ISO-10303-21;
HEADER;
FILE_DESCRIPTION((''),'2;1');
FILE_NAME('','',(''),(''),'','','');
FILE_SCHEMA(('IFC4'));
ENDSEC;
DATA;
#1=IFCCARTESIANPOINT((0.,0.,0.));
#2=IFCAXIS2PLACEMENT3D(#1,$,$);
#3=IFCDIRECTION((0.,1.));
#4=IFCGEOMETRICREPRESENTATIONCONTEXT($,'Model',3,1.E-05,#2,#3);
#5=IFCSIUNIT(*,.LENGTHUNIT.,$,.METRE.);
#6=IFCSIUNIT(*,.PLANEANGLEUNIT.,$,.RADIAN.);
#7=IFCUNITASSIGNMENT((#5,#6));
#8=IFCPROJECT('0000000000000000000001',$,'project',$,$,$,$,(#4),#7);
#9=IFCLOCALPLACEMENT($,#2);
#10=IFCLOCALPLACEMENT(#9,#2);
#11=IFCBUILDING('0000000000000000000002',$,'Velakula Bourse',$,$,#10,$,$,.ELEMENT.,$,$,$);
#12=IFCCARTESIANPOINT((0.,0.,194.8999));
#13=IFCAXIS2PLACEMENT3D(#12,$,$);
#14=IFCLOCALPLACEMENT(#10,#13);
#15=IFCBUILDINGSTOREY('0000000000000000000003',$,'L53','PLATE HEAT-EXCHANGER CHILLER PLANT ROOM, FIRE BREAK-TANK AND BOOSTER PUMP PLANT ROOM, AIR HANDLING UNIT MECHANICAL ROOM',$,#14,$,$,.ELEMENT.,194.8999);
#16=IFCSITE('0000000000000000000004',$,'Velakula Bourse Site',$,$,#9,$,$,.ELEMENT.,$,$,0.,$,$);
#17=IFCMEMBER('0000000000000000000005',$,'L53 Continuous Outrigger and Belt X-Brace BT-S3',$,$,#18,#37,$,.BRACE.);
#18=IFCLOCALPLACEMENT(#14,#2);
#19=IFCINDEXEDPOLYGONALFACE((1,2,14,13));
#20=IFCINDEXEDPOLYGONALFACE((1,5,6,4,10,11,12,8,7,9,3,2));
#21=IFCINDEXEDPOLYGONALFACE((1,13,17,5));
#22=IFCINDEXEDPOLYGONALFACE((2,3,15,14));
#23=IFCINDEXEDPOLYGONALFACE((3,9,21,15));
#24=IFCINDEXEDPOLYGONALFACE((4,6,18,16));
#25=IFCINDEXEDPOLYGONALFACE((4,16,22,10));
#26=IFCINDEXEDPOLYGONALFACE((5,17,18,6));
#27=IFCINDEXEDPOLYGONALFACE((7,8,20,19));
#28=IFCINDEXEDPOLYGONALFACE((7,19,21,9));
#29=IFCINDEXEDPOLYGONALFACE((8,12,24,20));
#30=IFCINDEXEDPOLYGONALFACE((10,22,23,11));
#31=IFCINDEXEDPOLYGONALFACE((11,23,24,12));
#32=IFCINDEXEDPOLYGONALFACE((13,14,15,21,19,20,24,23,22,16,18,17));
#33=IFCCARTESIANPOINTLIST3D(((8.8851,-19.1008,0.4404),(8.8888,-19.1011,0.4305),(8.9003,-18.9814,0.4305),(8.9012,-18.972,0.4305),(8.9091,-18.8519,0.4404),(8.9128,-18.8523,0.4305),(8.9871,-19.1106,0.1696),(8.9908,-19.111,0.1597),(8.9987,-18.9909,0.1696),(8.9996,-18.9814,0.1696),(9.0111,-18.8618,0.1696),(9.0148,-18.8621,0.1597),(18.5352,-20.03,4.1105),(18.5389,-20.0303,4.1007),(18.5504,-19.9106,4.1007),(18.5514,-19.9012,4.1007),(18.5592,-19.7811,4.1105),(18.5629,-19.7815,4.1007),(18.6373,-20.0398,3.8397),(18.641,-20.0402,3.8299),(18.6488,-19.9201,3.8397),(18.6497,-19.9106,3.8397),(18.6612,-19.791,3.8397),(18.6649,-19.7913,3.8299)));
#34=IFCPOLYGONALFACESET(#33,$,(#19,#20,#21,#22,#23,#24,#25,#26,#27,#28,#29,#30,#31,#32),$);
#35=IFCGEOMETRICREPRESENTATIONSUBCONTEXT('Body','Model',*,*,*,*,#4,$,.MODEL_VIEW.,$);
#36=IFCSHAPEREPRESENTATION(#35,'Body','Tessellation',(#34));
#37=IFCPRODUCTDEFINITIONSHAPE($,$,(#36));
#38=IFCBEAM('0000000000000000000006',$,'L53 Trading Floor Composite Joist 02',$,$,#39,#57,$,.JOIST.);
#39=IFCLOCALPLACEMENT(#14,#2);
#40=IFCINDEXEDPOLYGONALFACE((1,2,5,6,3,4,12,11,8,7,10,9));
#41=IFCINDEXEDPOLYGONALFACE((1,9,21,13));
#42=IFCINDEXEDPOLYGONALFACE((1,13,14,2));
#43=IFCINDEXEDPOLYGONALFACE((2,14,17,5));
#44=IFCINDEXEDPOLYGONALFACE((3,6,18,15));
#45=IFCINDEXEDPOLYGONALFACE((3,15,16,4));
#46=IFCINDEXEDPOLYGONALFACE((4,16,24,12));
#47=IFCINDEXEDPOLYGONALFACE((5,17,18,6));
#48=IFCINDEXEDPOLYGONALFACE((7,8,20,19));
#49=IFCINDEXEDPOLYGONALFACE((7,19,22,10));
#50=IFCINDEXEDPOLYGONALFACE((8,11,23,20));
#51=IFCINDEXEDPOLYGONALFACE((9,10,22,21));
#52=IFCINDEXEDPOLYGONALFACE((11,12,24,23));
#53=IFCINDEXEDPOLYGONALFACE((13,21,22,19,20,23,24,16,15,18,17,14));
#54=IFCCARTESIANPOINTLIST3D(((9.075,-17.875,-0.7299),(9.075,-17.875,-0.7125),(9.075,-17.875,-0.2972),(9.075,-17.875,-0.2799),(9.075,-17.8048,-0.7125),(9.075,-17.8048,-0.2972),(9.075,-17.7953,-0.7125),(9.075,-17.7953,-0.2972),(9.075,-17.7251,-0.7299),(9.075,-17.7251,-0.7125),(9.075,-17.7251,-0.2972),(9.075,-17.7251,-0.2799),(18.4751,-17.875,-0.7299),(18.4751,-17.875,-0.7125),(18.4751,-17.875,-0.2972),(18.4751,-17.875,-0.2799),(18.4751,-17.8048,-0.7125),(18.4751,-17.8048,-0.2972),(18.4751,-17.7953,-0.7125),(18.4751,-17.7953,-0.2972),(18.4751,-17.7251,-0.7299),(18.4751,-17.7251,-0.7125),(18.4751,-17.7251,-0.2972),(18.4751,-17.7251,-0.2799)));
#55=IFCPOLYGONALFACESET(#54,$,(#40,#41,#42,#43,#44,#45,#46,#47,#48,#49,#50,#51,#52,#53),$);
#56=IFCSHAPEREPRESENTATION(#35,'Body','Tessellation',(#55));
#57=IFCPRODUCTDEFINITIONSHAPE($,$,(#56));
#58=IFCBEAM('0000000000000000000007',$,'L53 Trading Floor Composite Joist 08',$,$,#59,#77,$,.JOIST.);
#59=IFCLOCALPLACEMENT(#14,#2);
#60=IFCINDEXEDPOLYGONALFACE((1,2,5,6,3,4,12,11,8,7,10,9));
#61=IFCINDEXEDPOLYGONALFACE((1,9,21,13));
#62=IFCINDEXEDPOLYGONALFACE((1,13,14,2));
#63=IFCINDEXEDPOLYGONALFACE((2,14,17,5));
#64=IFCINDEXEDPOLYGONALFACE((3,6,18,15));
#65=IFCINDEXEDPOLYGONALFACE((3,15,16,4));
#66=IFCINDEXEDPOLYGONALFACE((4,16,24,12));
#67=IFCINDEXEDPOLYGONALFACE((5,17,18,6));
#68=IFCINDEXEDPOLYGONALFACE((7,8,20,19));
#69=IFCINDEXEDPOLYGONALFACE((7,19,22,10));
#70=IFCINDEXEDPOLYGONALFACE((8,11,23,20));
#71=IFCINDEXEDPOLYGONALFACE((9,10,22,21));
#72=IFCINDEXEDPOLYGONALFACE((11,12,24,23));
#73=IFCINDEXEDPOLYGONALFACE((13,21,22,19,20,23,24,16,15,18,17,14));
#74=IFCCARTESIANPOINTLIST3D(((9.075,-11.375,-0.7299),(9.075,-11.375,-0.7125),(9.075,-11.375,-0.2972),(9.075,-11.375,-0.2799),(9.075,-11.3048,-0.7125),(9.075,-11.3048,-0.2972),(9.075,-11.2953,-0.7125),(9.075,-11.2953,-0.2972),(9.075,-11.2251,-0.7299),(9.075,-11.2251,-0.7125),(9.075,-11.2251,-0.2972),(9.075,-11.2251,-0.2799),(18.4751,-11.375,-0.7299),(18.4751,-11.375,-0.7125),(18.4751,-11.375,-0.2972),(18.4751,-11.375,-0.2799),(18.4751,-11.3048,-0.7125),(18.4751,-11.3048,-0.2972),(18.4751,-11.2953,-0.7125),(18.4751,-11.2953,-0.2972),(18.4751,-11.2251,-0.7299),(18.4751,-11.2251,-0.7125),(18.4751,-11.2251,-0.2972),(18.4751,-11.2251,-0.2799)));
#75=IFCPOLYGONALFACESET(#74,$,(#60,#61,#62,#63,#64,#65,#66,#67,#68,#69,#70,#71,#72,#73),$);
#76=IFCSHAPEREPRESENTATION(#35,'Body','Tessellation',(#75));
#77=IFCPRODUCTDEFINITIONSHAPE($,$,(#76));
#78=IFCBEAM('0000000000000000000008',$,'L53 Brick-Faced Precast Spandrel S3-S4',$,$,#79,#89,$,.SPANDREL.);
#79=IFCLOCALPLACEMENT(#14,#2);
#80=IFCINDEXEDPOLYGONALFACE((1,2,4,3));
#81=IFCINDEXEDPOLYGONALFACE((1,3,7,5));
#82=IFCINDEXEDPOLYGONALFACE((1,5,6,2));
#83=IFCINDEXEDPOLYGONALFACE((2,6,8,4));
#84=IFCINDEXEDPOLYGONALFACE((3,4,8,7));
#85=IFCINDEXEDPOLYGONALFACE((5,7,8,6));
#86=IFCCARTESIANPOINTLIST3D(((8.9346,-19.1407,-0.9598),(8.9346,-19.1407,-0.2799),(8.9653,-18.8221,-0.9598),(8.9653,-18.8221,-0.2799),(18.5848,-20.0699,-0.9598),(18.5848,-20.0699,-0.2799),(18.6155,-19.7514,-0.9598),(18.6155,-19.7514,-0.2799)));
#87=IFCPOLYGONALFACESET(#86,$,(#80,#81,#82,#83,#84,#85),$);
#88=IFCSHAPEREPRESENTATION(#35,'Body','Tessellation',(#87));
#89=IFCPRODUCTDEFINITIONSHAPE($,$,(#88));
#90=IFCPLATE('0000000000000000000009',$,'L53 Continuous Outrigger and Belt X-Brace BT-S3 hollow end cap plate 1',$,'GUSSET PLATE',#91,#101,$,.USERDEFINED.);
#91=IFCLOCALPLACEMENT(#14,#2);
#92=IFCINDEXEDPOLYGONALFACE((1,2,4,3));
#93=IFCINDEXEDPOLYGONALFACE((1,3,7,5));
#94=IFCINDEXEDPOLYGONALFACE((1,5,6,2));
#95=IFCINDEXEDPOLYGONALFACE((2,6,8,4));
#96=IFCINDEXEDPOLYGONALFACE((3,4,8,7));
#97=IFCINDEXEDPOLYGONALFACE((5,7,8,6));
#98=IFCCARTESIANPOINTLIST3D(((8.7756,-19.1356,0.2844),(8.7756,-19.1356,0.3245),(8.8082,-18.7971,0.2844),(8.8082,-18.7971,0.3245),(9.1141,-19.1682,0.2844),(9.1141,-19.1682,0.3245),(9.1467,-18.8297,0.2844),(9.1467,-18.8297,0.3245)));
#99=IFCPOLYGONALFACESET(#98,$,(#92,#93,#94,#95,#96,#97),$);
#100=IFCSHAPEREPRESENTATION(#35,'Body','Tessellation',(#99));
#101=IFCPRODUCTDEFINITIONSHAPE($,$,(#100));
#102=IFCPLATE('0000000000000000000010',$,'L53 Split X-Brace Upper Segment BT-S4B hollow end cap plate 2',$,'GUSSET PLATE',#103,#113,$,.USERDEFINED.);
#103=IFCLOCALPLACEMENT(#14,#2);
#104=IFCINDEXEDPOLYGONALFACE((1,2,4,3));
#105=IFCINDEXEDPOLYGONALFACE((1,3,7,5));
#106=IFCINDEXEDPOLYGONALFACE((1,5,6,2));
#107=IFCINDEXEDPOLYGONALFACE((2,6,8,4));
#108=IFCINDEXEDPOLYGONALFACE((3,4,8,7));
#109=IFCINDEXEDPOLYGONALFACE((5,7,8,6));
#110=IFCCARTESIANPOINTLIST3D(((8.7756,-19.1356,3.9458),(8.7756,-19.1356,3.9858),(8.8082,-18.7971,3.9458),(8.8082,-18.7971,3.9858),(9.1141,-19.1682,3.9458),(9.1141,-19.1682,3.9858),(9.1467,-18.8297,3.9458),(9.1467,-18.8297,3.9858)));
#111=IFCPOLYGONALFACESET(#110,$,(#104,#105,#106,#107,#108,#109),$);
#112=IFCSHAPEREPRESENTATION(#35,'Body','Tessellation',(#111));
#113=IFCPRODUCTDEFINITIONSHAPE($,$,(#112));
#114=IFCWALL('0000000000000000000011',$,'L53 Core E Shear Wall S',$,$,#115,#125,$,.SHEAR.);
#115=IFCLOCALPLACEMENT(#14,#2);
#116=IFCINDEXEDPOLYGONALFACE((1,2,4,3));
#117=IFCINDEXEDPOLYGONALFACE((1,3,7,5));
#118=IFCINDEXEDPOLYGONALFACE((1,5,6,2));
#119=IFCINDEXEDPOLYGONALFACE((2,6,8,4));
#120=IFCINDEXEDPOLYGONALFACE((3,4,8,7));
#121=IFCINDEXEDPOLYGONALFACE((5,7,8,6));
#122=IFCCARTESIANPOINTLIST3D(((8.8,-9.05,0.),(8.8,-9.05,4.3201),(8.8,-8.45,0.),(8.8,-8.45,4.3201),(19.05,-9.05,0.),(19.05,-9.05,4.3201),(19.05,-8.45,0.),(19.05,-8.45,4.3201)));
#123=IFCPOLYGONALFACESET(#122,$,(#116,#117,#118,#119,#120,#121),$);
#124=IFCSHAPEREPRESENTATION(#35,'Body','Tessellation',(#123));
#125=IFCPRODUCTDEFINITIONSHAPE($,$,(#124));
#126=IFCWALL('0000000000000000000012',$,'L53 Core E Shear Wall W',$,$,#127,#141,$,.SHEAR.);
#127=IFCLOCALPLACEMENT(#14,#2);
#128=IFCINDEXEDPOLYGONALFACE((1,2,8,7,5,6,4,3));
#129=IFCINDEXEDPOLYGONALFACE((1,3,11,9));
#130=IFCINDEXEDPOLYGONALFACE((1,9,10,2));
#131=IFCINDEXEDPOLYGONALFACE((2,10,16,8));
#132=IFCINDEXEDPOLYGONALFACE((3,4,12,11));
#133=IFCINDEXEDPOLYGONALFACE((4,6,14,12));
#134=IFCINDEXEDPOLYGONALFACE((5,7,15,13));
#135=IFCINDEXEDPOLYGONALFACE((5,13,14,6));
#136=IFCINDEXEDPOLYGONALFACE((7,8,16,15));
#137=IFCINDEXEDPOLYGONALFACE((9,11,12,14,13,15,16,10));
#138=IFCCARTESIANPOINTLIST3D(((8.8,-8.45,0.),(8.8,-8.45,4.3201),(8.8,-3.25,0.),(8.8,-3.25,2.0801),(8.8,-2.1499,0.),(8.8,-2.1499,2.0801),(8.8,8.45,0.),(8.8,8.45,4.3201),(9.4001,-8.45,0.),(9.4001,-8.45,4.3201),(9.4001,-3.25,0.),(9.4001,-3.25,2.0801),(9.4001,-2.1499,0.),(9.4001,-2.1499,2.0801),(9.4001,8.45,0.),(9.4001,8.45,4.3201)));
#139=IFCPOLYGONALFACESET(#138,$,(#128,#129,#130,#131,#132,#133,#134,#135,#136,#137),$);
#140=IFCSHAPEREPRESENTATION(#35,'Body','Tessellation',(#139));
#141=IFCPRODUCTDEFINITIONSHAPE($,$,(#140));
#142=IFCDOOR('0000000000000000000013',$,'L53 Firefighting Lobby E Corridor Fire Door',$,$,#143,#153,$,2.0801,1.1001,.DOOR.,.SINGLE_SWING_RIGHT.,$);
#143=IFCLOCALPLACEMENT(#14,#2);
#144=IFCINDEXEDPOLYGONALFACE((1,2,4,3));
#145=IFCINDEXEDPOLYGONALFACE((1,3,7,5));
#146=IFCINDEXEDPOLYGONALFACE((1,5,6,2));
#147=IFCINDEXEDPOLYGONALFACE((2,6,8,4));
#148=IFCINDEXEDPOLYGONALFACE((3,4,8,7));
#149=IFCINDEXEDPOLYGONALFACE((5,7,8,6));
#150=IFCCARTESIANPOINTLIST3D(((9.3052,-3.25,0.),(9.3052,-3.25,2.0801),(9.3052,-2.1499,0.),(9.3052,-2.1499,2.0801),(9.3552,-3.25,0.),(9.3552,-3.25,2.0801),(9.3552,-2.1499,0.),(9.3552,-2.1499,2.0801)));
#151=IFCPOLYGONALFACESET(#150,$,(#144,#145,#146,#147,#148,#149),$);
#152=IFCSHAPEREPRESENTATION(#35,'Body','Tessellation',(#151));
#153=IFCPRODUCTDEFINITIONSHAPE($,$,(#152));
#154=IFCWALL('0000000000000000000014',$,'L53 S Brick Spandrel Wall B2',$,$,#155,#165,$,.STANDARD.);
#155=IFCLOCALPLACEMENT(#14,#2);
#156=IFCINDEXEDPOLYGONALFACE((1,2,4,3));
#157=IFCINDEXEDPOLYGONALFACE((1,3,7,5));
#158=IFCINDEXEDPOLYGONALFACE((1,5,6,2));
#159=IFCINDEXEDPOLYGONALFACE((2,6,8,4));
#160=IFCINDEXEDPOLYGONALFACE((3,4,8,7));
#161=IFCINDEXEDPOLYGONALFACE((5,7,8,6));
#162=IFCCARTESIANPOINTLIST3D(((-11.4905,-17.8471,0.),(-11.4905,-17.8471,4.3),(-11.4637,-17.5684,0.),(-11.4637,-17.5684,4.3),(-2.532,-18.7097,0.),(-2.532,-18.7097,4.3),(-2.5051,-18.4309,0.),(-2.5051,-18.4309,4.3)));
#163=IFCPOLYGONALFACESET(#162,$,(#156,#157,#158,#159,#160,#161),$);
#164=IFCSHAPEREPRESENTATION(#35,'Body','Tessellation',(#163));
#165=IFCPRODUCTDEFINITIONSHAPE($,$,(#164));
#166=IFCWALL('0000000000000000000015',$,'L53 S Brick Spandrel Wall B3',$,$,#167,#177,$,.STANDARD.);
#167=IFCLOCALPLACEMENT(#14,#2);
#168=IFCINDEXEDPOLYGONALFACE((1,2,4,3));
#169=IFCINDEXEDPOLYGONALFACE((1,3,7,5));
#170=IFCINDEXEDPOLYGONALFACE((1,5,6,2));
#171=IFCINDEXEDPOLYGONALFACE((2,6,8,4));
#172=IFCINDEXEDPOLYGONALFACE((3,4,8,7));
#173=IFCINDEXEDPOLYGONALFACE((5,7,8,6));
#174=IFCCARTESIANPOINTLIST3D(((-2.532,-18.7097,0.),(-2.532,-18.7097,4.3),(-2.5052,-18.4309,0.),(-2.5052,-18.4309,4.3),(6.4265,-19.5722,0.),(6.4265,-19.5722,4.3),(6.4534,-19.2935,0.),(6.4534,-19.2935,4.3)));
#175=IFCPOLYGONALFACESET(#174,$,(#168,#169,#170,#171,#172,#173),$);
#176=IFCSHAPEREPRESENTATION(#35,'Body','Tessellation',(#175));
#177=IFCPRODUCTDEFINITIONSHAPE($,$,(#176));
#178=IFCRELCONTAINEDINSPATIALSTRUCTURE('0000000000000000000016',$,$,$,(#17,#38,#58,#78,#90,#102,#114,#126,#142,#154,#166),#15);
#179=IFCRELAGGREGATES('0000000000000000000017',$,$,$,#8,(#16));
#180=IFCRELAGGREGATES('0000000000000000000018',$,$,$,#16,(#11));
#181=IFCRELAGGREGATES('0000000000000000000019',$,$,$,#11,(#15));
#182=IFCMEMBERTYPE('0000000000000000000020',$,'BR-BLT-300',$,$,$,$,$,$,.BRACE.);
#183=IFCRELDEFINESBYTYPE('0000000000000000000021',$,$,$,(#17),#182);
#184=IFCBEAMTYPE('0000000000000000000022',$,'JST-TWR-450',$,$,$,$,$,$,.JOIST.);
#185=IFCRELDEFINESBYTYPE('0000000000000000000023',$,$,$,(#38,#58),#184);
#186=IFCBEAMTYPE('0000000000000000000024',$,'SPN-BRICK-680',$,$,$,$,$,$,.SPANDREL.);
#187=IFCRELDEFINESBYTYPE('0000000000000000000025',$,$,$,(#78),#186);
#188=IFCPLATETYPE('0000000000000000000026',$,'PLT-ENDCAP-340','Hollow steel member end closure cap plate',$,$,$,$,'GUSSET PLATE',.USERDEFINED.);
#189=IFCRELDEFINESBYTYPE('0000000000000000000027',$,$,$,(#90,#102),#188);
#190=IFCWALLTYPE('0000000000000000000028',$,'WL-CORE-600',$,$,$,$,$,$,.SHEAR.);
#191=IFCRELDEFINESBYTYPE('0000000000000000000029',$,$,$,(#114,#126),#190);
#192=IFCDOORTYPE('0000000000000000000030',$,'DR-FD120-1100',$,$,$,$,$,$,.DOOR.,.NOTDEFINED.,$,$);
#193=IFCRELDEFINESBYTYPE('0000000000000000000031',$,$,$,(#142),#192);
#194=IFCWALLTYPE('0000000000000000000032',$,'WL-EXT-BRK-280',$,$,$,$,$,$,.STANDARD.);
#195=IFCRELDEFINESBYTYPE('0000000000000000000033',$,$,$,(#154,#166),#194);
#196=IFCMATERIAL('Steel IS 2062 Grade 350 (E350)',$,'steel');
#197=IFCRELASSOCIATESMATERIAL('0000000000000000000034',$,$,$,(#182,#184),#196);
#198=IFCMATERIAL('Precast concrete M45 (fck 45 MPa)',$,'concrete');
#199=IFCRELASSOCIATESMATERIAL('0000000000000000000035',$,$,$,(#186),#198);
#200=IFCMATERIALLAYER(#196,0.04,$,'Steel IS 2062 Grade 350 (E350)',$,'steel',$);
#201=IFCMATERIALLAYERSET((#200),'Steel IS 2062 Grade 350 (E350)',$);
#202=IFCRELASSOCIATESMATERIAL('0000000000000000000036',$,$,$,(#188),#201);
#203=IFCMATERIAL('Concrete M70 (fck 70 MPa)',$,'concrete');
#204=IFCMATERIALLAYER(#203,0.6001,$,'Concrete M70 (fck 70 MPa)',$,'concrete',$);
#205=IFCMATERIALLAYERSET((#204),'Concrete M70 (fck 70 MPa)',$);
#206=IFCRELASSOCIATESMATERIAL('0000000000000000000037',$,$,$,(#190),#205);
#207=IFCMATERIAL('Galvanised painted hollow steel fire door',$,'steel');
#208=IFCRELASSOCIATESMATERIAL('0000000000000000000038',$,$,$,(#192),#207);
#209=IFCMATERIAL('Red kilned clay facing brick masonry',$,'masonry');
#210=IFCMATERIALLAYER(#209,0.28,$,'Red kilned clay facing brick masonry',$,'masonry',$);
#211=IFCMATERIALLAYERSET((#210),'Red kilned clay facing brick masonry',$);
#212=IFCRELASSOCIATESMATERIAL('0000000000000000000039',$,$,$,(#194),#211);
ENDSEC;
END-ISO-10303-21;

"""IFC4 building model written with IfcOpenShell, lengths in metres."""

from ifc_helpers import new_model, si_unit, direction, frame, frame_2d, origin, origin_2d, place, context, subcontext, project, spatial, rectangle, i_section, extrude, material, layer, layer_set, material_profile, profile_set, type_object, element, fill, save


model = new_model("IFC4")

# Units and contexts
model_context = context("Model", 3, precision=1e-05, world=origin(), true_north=direction((0.0, 1.0)))
body_context = subcontext(model_context, "Body", "Model", "MODEL_VIEW")
ifc_project = project(units=[si_unit("LENGTHUNIT", "METRE"), si_unit("PLANEANGLEUNIT", "RADIAN")], contexts=[model_context])

# Site, building, storey
site_placement = place(None, origin())
site = spatial("IfcSite", under=ifc_project, at=site_placement, Name="Velakula Bourse Site", CompositionType="ELEMENT", RefElevation=0.0)
building_placement = place(site_placement, origin())
building = spatial("IfcBuilding", under=site, at=building_placement, Name="Velakula Bourse", CompositionType="ELEMENT")
storey_placement = place(building_placement, frame((0.0, 0.0, 194.8999)))
storey = spatial("IfcBuildingStorey", under=building, at=storey_placement, Name="L53", Description="PLATE HEAT-EXCHANGER CHILLER PLANT ROOM, FIRE BREAK-TANK AND BOOSTER PUMP PLANT ROOM, AIR HANDLING UNIT MECHANICAL ROOM", CompositionType="ELEMENT", Elevation=194.8999)

# Shared definitions
ifc_material_1 = material(Name="Concrete M70 (fck 70 MPa)", Category="concrete")
ifc_material_2 = material(Name="Steel IS 2062 Grade 350 (E350)", Category="steel")

# Member
ifc_material_profile_1 = material_profile(ifc_material_2, i_section(OverallWidth=0.25, OverallDepth=0.3, WebThickness=0.0095, FlangeThickness=0.0105, at=origin_2d()), Name="Steel IS 2062 Grade 350 (E350)")
ifc_profile_set_1 = profile_set([ifc_material_profile_1], Name="Steel IS 2062 Grade 350 (E350)")
member_type = type_object("IfcMemberType", Name="BR-BLT-300", PredefinedType="BRACE", material=ifc_profile_set_1)
member_placement = place(storey_placement, frame((8.95, -18.9814, 0.3), z_axis=(0.930921, -0.089637, 0.35405), x_axis=(0.095845, 0.995396, 0.0)))
element("IfcMember", 1, at=member_placement, inside=storey, type_object=member_type, Name="L53 Continuous Outrigger and Belt X-Brace BT-S3", PredefinedType="BRACE", context=body_context, shape_type="SweptSolid", body=[
    extrude(i_section(OverallWidth=0.25, OverallDepth=0.3, WebThickness=0.0095, FlangeThickness=0.0105, at=origin_2d()), origin(), (0.0, 0.0, 1.0), 10.3662),
])

# Beams
ifc_material_profile_2 = material_profile(ifc_material_2, i_section(OverallWidth=0.1499, OverallDepth=0.45, WebThickness=0.0095, FlangeThickness=0.0173, at=origin_2d()), Name="Steel IS 2062 Grade 350 (E350)")
ifc_profile_set_2 = profile_set([ifc_material_profile_2], Name="Steel IS 2062 Grade 350 (E350)")
beam_type_1 = type_object("IfcBeamType", Name="JST-TWR-450", PredefinedType="JOIST", material=ifc_profile_set_2)
for number, where, z_axis, x_axis, name in (
    (2, (9.075, -17.8, -0.5049), (1.0, 0.0, 0.0), (0.0, 1.0, 0.0), "L53 Trading Floor Composite Joist 02"),
    (3, (9.075, -11.3, -0.5049), (1.0, 0.0, 0.0), (0.0, 1.0, 0.0), "L53 Trading Floor Composite Joist 08"),
):
    element("IfcBeam", number, at=place(storey_placement, frame(where, z_axis=z_axis, x_axis=x_axis)), inside=storey, type_object=beam_type_1, Name=name, PredefinedType="JOIST", context=body_context, shape_type="SweptSolid", body=[
        extrude(i_section(OverallWidth=0.1499, OverallDepth=0.45, WebThickness=0.0095, FlangeThickness=0.0173, at=origin_2d()), origin(), (0.0, 0.0, 1.0), 9.4001),
    ])
ifc_material_3 = material(Name="Precast concrete M45 (fck 45 MPa)", Category="concrete")
ifc_material_profile_3 = material_profile(ifc_material_3, rectangle(XDim=0.3201, YDim=0.6799, at=origin_2d()), Name="Precast concrete M45 (fck 45 MPa)")
ifc_profile_set_3 = profile_set([ifc_material_profile_3], Name="Precast concrete M45 (fck 45 MPa)")
beam_type_2 = type_object("IfcBeamType", Name="SPN-BRICK-680", PredefinedType="SPANDREL", material=ifc_profile_set_3)
beam_1_placement = place(storey_placement, frame((8.95, -18.9814, -0.6199), z_axis=(0.995396, -0.095845, 0.0), x_axis=(0.095845, 0.995396, 0.0)))
element("IfcBeam", 4, at=beam_1_placement, inside=storey, type_object=beam_type_2, Name="L53 Brick-Faced Precast Spandrel S3-S4", PredefinedType="SPANDREL", context=body_context, shape_type="SweptSolid", body=[
    extrude(rectangle(XDim=0.3201, YDim=0.6799, at=origin_2d()), origin(), (0.0, 0.0, 1.0), 9.6948),
])

# Plates
ifc_layer_1 = layer(ifc_material_2, 0.04, Name="Steel IS 2062 Grade 350 (E350)", Category="steel")
ifc_layer_set_1 = layer_set([ifc_layer_1], Name="Steel IS 2062 Grade 350 (E350)")
plate_type = type_object("IfcPlateType", Name="PLT-ENDCAP-340", Description="Hollow steel member end closure cap plate", ElementType="GUSSET PLATE", PredefinedType="USERDEFINED", material=ifc_layer_set_1)
for number, where, z_axis, x_axis, name in (
    (5, (8.9612, -18.9827, 0.2844), (0.0, 0.0, 1.0), (0.995398, -0.095828, 0.0), "L53 Continuous Outrigger and Belt X-Brace BT-S3 hollow end cap plate 1"),
    (6, (8.9612, -18.9827, 3.9458), (0.0, 0.0, 1.0), (-0.995398, 0.095828, 0.0), "L53 Split X-Brace Upper Segment BT-S4B hollow end cap plate 2"),
):
    element("IfcPlate", number, at=place(storey_placement, frame(where, z_axis=z_axis, x_axis=x_axis)), inside=storey, type_object=plate_type, Name=name, ObjectType="GUSSET PLATE", PredefinedType="USERDEFINED", context=body_context, shape_type="SweptSolid", body=[
        extrude(rectangle(XDim=0.3401, YDim=0.3401, at=origin_2d()), origin(), (0.0, 0.0, 1.0), 0.04),
    ])

# Wall
ifc_layer_2 = layer(ifc_material_1, 0.6001, Name="Concrete M70 (fck 70 MPa)", Category="concrete")
ifc_layer_set_2 = layer_set([ifc_layer_2], Name="Concrete M70 (fck 70 MPa)")
wall_type_1 = type_object("IfcWallType", Name="WL-CORE-600", PredefinedType="SHEAR", material=ifc_layer_set_2)
wall_1_placement = place(storey_placement, frame((8.8, -8.75, 0.0), z_axis=(0.0, 0.0, 1.0), x_axis=(1.0, 0.0, 0.0)))
element("IfcWall", 7, at=wall_1_placement, inside=storey, type_object=wall_type_1, Name="L53 Core E Shear Wall S", PredefinedType="SHEAR", context=body_context, shape_type="SweptSolid", body=[
    extrude(rectangle(XDim=10.25, YDim=0.6001, at=frame_2d((5.125, 0.0))), origin(), (0.0, 0.0, 1.0), 4.3201),
])

# Wall, opening, door
wall_2_placement = place(storey_placement, frame((9.1001, -8.45, 0.0), z_axis=(0.0, 0.0, 1.0), x_axis=(0.0, 1.0, 0.0)))
wall_2 = element("IfcWall", 8, at=wall_2_placement, inside=storey, type_object=wall_type_1, Name="L53 Core E Shear Wall W", PredefinedType="SHEAR", context=body_context, shape_type="SweptSolid", body=[
    extrude(rectangle(XDim=16.8999, YDim=0.6001, at=frame_2d((8.45, 0.0))), origin(), (0.0, 0.0, 1.0), 4.3201),
])
opening_1_placement = place(wall_2_placement, frame((5.2, 0.0, 0.0)))
opening_1 = element("IfcOpeningElement", 9, at=opening_1_placement, cuts=wall_2, PredefinedType="OPENING", context=body_context, shape_type="SweptSolid", body=[
    extrude(rectangle(XDim=1.1001, YDim=2.0801, at=frame_2d((0.55, 1.04))), frame((0.0, 0.3101, 0.0), z_axis=(0.0, -1.0, 0.0), x_axis=(1.0, 0.0, 0.0)), (0.0, 0.0, 1.0), 0.6201),
])
ifc_material_4 = material(Name="Galvanised painted hollow steel fire door", Category="steel")
door_type_1 = type_object("IfcDoorType", Name="DR-FD120-1100", OperationType="NOTDEFINED", PredefinedType="DOOR", material=ifc_material_4)
door_1_placement = place(opening_1_placement, origin())
door_1 = element("IfcDoor", 10, at=door_1_placement, inside=storey, type_object=door_type_1, Name="L53 Firefighting Lobby E Corridor Fire Door", OperationType="SINGLE_SWING_RIGHT", OverallHeight=2.0801, OverallWidth=1.1001, PredefinedType="DOOR", context=body_context, shape_type="SweptSolid", body=[
    extrude(rectangle(XDim=1.1001, YDim=2.0801, at=frame_2d((0.55, 1.04))), frame((0.0, -0.2051, 0.0), z_axis=(0.0, -1.0, 0.0), x_axis=(1.0, 0.0, 0.0)), (0.0, 0.0, 1.0), 0.05),
])
fill(opening_1, door_1)

# Walls
ifc_material_5 = material(Name="Red kilned clay facing brick masonry", Category="masonry")
ifc_layer_3 = layer(ifc_material_5, 0.28, Name="Red kilned clay facing brick masonry", Category="masonry")
ifc_layer_set_3 = layer_set([ifc_layer_3], Name="Red kilned clay facing brick masonry")
wall_type_2 = type_object("IfcWallType", Name="WL-EXT-BRK-280", PredefinedType="STANDARD", material=ifc_layer_set_3)
for number, where, z_axis, x_axis, name in (
    (11, (-2.5186, -18.5703, 0.0), (0.0, 0.0, 1.0), (-0.995397, 0.09584, 0.0), "L53 S Brick Spandrel Wall B2"),
    (12, (6.4399, -19.4329, 0.0), (0.0, 0.0, 1.0), (-0.995397, 0.09584, 0.0), "L53 S Brick Spandrel Wall B3"),
):
    element("IfcWall", number, at=place(storey_placement, frame(where, z_axis=z_axis, x_axis=x_axis)), inside=storey, type_object=wall_type_2, Name=name, PredefinedType="STANDARD", context=body_context, shape_type="SweptSolid", body=[
        extrude(rectangle(XDim=9.0, YDim=0.28, at=frame_2d((4.5, 0.0))), origin(), (0.0, 0.0, 1.0), 4.3),
    ])

save(model, "model.ifc")
